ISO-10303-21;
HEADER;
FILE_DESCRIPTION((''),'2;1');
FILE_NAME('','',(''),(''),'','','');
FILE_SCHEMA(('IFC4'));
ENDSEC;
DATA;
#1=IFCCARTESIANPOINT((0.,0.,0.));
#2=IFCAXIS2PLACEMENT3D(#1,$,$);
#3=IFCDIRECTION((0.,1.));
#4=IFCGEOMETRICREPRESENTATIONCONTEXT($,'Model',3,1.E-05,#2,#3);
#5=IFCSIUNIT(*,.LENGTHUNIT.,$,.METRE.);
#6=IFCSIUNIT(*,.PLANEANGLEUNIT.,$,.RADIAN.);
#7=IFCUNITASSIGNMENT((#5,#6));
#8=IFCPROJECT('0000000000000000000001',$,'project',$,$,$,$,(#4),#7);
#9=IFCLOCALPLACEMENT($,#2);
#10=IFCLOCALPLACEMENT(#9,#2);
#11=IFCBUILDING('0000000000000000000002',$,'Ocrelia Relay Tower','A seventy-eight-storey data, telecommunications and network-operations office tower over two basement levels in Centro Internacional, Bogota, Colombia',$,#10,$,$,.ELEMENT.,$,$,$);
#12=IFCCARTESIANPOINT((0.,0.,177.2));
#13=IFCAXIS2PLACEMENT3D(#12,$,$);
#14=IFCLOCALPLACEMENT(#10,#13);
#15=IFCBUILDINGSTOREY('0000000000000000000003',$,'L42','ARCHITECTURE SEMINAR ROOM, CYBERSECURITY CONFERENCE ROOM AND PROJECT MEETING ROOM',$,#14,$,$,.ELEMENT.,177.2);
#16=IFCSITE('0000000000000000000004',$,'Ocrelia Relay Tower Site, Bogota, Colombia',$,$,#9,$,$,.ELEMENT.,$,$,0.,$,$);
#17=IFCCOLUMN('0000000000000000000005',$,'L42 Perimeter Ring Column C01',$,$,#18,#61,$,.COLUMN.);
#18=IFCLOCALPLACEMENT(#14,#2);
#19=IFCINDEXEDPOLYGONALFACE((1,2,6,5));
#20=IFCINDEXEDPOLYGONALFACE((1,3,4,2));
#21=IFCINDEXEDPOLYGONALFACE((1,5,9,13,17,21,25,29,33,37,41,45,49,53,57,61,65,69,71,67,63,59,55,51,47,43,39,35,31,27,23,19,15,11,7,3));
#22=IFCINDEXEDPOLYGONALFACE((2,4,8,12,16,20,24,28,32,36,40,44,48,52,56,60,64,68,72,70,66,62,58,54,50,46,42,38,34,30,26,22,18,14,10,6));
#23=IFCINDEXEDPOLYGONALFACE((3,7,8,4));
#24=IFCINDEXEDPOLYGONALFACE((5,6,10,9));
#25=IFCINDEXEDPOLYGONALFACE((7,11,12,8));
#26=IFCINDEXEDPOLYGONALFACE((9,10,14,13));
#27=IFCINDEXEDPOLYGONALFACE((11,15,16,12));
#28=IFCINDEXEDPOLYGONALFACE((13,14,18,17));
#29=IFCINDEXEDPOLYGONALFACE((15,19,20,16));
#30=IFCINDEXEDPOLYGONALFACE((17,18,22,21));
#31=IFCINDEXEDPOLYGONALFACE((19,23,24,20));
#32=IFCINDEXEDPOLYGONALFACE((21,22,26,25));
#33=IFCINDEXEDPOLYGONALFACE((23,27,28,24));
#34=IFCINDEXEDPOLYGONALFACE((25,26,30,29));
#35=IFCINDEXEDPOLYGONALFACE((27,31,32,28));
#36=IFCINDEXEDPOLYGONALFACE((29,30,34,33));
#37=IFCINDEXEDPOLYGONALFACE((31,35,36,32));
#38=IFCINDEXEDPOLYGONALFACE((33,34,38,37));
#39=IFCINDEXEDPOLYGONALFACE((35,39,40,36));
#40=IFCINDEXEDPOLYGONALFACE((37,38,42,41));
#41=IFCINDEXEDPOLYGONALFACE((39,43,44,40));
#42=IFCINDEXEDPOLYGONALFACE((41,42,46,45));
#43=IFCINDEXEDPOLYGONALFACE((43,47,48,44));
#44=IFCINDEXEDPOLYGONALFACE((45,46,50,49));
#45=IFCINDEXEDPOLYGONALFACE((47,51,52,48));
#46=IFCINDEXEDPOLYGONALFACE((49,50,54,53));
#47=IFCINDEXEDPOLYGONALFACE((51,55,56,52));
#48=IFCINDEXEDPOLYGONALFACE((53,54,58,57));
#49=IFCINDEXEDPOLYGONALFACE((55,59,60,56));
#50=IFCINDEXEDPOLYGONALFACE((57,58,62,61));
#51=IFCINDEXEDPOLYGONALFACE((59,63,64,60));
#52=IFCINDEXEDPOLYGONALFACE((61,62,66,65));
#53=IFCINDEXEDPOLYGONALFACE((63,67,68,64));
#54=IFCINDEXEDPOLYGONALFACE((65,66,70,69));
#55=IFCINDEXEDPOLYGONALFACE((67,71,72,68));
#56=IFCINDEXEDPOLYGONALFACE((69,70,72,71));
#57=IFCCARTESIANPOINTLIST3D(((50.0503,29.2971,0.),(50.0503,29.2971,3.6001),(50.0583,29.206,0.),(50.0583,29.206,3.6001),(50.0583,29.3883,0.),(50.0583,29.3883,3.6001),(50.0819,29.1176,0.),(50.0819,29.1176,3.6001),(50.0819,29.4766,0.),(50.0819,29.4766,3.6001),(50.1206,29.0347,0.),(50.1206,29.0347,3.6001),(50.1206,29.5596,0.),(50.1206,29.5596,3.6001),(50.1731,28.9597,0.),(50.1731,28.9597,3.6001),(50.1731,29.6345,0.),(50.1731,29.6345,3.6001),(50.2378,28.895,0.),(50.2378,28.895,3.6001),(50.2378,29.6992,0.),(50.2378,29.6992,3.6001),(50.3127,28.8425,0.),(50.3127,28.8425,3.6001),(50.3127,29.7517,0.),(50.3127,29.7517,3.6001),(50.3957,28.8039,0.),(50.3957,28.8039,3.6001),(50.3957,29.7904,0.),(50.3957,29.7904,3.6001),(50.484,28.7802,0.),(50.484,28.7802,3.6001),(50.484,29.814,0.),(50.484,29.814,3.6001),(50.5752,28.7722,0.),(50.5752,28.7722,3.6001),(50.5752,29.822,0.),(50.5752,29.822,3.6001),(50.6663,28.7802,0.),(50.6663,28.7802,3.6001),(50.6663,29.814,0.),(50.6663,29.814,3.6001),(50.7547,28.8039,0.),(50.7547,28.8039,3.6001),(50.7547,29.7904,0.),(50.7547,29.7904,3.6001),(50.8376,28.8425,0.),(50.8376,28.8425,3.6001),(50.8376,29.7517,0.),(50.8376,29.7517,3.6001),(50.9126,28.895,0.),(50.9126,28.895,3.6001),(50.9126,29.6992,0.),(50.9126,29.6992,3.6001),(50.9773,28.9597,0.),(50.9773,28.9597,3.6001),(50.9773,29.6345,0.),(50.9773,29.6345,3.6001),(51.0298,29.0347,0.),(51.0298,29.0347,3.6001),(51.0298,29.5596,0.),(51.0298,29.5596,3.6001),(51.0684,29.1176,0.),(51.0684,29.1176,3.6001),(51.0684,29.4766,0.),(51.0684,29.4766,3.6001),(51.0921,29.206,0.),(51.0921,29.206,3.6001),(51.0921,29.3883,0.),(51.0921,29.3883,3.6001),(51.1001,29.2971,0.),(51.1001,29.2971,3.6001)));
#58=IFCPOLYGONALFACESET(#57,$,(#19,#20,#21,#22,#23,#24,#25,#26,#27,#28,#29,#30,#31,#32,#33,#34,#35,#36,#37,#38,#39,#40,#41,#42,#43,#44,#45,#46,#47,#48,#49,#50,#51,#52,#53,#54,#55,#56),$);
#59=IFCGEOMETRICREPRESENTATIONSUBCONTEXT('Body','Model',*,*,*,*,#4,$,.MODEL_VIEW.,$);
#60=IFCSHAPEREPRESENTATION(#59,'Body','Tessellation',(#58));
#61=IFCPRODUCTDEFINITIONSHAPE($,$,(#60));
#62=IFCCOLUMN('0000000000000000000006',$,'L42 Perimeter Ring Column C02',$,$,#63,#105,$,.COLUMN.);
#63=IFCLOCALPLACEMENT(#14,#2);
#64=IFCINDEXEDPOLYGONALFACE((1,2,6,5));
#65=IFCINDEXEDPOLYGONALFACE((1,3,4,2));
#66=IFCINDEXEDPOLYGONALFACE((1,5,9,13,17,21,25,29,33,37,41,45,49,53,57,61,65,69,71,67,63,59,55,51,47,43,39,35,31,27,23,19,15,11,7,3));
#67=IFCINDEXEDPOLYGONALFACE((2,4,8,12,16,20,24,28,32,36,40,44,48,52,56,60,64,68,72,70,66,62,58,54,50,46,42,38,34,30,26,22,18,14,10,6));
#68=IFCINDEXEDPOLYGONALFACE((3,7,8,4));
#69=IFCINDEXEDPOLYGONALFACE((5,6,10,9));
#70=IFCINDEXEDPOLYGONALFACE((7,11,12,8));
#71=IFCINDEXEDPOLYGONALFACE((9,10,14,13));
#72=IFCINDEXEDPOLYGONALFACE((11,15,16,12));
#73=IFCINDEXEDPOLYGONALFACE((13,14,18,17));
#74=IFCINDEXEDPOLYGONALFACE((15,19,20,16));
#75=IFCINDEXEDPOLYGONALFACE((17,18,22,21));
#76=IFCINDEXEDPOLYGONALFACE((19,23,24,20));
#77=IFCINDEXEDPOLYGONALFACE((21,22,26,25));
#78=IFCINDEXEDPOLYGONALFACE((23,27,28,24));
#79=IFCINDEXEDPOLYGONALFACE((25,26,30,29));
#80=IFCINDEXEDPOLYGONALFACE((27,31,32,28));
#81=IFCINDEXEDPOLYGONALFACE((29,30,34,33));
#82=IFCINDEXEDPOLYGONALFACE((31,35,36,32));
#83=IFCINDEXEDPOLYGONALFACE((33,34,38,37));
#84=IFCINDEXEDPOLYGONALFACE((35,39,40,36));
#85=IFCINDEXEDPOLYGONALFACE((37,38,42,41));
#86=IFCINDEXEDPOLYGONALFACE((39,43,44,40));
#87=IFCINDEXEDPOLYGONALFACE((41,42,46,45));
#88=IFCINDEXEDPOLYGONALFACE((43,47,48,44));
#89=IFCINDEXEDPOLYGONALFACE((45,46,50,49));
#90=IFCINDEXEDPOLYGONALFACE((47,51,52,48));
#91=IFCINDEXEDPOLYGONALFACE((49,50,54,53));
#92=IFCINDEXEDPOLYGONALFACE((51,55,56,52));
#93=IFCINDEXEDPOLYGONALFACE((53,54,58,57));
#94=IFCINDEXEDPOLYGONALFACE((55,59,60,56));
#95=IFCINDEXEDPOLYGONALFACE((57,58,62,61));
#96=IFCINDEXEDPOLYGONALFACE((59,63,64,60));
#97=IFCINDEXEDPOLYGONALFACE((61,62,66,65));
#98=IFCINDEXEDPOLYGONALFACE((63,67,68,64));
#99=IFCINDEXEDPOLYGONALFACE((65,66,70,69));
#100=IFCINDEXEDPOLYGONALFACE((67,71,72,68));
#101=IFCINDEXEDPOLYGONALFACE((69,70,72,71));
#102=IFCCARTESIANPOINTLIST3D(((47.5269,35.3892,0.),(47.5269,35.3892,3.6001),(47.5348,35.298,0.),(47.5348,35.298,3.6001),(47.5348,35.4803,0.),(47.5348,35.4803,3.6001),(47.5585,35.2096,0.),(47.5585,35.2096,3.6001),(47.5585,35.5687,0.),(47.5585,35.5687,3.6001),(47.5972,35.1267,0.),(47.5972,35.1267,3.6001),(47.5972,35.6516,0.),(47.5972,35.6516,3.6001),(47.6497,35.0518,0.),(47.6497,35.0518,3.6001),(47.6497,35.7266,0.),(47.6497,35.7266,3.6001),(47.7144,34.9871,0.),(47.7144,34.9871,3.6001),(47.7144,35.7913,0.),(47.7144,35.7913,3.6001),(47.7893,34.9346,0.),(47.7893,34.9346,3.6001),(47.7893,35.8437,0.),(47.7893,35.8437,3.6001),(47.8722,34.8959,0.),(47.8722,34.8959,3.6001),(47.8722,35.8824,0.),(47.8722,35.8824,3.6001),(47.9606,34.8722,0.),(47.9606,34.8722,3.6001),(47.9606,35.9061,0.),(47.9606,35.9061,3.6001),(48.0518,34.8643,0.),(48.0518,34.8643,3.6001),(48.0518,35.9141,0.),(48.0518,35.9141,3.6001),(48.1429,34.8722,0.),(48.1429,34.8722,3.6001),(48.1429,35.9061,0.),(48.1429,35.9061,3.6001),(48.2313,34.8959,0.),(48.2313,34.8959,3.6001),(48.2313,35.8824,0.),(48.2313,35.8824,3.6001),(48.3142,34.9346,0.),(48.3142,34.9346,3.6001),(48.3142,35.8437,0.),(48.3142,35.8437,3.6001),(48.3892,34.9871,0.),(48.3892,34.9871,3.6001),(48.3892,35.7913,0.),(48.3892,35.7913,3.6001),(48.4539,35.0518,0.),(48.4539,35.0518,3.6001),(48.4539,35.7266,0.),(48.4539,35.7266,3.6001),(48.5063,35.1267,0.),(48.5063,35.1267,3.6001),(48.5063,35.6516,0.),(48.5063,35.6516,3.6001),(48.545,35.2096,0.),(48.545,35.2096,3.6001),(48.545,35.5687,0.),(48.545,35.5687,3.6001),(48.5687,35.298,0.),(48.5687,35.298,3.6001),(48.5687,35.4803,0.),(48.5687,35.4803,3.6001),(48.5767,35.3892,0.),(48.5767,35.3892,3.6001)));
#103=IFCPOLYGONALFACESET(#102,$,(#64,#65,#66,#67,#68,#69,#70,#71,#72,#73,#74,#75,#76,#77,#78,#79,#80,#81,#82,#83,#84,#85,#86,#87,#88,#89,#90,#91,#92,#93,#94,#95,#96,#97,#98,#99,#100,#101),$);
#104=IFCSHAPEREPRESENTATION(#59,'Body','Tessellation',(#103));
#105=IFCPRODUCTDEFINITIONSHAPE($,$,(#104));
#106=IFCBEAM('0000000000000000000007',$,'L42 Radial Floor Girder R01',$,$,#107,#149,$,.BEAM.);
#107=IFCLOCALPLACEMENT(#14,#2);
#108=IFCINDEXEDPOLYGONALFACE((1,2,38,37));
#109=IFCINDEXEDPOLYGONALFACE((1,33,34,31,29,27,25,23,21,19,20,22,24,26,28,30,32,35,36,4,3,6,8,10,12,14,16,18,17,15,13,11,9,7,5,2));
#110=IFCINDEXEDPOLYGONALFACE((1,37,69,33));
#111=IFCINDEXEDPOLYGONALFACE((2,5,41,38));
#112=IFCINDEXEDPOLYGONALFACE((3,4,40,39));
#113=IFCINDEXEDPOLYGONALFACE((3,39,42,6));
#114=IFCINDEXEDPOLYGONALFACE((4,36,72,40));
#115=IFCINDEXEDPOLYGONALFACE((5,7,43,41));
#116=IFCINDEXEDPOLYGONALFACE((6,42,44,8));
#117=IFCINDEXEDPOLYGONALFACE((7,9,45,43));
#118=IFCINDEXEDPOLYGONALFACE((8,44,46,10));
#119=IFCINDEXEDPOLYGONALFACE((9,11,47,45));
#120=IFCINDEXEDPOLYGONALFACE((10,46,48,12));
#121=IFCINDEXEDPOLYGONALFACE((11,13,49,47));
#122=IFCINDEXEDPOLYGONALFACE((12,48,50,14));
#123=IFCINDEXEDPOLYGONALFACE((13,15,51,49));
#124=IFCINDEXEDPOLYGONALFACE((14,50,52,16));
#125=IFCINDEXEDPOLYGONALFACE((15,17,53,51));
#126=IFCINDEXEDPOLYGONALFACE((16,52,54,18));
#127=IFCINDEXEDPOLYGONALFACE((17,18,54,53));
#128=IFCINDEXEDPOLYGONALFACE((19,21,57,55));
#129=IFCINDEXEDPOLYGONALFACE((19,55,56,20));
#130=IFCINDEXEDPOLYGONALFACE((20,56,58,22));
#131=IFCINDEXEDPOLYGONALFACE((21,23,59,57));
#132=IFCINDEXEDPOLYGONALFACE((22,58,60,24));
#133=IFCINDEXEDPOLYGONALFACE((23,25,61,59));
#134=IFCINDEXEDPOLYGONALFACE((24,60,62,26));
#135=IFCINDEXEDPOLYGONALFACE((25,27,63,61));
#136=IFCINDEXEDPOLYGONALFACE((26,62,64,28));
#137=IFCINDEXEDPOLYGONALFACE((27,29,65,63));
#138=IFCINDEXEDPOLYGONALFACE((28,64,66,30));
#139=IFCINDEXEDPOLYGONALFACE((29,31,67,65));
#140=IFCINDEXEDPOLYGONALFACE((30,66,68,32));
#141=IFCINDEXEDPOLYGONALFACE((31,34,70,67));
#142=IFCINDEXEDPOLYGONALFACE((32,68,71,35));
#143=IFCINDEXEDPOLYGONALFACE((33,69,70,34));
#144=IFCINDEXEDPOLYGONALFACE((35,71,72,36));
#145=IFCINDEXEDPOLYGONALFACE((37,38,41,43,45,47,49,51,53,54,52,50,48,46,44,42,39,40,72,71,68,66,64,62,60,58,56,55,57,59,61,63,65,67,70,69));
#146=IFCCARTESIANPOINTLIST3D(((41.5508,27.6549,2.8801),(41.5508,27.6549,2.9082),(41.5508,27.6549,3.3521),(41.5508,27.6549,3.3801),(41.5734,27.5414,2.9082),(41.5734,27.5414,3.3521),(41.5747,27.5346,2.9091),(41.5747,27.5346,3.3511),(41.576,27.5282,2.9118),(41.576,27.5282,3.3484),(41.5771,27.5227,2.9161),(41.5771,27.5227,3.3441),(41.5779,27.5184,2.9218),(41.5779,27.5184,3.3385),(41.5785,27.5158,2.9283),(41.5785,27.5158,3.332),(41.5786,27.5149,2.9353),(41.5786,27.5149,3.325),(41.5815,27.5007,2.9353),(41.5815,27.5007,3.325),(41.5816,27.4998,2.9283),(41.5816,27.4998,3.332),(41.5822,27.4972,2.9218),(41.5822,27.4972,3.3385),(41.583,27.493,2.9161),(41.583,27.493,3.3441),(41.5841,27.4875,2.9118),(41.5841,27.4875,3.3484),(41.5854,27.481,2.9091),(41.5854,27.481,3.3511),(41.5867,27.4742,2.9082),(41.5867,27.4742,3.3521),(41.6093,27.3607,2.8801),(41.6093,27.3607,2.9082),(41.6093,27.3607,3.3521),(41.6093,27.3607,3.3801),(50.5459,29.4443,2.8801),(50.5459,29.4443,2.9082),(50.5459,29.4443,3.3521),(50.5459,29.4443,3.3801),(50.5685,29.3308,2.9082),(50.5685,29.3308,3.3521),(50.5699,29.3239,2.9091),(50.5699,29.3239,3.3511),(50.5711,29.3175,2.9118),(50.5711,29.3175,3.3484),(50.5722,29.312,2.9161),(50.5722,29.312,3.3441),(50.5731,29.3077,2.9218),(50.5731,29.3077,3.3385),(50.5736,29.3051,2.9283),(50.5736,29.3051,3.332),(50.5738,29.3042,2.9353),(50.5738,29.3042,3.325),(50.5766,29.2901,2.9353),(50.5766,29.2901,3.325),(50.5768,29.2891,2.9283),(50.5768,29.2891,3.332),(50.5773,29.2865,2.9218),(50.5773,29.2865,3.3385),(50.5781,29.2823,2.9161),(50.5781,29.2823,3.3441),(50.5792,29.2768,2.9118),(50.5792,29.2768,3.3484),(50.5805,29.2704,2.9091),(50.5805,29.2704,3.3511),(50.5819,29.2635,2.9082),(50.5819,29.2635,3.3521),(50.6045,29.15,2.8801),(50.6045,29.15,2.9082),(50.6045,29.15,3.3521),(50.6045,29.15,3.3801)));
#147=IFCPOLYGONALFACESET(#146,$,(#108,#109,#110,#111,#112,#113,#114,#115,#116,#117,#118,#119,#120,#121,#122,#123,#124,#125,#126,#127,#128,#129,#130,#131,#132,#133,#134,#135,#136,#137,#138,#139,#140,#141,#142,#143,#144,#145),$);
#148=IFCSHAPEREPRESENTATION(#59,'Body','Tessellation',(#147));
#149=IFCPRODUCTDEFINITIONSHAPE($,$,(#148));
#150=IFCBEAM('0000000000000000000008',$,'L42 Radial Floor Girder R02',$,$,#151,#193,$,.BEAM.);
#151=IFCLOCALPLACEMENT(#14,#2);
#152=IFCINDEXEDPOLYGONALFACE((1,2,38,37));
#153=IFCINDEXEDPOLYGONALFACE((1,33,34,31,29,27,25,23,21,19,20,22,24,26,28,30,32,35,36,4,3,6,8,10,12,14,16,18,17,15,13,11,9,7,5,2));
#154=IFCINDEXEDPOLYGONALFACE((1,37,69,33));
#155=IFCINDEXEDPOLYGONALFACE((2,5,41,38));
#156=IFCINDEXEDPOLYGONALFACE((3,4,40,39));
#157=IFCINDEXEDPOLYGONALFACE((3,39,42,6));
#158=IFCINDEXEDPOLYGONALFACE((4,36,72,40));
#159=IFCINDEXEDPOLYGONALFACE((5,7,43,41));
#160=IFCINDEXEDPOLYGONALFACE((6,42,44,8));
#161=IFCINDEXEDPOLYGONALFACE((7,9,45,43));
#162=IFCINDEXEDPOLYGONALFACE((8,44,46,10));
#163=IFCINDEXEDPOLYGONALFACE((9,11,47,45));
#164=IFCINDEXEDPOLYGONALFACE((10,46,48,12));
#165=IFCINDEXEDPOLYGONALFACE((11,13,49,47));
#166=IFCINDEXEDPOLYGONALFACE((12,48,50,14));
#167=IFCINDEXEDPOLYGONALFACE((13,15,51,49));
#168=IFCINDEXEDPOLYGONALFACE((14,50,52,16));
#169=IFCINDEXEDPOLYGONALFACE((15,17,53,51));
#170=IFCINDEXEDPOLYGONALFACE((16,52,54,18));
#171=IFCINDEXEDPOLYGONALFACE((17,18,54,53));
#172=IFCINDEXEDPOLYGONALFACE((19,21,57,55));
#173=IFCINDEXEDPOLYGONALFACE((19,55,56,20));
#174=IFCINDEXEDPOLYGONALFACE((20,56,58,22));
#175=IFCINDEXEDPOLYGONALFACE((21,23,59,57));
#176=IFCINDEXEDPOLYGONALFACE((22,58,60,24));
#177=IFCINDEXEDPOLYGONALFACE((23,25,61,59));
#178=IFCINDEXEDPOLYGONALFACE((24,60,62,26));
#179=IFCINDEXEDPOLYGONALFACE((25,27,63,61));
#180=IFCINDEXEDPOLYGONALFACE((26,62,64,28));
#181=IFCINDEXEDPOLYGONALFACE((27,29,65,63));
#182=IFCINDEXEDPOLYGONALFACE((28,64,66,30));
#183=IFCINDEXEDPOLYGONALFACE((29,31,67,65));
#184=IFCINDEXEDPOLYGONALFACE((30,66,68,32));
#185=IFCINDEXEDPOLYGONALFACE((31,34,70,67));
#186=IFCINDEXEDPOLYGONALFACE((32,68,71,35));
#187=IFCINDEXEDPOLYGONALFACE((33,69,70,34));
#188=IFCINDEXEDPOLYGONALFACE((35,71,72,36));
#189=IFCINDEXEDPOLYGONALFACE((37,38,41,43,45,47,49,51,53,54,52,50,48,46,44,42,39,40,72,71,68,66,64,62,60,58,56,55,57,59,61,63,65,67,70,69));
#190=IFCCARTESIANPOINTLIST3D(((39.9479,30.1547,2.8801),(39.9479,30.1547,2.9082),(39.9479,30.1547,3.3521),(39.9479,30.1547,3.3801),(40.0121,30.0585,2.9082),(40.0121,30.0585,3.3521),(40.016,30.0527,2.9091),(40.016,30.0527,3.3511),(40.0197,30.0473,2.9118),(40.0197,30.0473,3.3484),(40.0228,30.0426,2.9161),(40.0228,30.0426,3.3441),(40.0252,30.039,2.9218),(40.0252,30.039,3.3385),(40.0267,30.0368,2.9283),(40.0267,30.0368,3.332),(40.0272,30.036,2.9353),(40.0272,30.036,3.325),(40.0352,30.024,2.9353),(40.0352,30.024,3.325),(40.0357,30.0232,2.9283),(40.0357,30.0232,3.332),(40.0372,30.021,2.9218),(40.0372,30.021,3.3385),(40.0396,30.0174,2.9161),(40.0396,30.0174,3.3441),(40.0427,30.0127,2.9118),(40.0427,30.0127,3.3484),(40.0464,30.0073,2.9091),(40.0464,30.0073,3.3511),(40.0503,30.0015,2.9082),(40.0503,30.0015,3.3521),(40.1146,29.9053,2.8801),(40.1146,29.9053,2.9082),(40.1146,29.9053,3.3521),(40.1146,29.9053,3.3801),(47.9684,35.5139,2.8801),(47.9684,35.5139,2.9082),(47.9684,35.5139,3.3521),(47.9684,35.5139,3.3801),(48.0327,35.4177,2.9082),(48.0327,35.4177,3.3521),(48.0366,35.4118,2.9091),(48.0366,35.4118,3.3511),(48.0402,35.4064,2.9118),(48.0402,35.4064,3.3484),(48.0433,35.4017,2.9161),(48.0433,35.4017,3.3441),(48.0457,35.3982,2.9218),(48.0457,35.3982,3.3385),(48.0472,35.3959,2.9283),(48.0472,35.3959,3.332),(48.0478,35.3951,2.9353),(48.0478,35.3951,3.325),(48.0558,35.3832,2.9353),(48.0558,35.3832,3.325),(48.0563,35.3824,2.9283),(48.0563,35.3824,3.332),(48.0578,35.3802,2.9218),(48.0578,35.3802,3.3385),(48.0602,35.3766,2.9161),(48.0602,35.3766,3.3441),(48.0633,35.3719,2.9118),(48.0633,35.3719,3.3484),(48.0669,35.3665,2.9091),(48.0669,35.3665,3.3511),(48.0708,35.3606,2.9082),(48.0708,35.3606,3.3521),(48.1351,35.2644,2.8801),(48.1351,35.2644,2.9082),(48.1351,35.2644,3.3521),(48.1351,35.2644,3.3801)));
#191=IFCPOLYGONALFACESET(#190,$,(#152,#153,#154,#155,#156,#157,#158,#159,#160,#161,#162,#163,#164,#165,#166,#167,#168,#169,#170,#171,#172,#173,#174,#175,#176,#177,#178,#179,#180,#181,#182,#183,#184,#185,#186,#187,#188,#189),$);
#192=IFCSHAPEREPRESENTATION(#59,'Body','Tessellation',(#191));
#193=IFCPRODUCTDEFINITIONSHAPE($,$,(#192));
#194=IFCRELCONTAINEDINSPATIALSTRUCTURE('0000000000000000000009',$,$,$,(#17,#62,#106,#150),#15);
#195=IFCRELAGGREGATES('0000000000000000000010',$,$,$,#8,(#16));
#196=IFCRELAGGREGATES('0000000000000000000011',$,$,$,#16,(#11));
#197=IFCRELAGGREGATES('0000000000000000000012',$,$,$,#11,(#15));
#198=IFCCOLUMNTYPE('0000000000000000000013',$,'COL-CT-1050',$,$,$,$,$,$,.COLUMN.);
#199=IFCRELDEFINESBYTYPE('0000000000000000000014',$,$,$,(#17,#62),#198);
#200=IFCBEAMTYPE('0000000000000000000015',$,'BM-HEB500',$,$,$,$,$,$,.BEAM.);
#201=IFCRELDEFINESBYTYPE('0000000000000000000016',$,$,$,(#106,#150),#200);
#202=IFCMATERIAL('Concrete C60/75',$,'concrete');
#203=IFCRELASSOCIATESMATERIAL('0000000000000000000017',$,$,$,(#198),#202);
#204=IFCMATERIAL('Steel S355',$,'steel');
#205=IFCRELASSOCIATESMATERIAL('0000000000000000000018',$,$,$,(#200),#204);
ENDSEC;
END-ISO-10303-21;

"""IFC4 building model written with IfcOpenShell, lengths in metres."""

from ifc_helpers import new_model, si_unit, direction, frame, origin, origin_2d, place, context, subcontext, project, spatial, circle, i_section, extrude, material, material_profile, profile_set, type_object, element, save


model = new_model("IFC4")

# Units and contexts
model_context = context("Model", 3, precision=1e-05, world=origin(), true_north=direction((0.0, 1.0)))
body_context = subcontext(model_context, "Body", "Model", "MODEL_VIEW")
ifc_project = project(units=[si_unit("LENGTHUNIT", "METRE"), si_unit("PLANEANGLEUNIT", "RADIAN")], contexts=[model_context])

# Site, building, storey
site_placement = place(None, origin())
site = spatial("IfcSite", under=ifc_project, at=site_placement, Name="Ocrelia Relay Tower Site, Bogota, Colombia", CompositionType="ELEMENT", RefElevation=0.0)
building_placement = place(site_placement, origin())
building = spatial("IfcBuilding", under=site, at=building_placement, Name="Ocrelia Relay Tower", Description="A seventy-eight-storey data, telecommunications and network-operations office tower over two basement levels in Centro Internacional, Bogota, Colombia", CompositionType="ELEMENT")
storey_placement = place(building_placement, frame((0.0, 0.0, 177.2)))
storey = spatial("IfcBuildingStorey", under=building, at=storey_placement, Name="L42", Description="ARCHITECTURE SEMINAR ROOM, CYBERSECURITY CONFERENCE ROOM AND PROJECT MEETING ROOM", CompositionType="ELEMENT", Elevation=177.2)

# Columns
ifc_material_1 = material(Name="Concrete C60/75", Category="concrete")
ifc_material_profile_1 = material_profile(ifc_material_1, circle(Radius=0.5249, at=origin_2d()), Name="RC-CIR-1050")
ifc_profile_set_1 = profile_set([ifc_material_profile_1], Name="Concrete C60/75")
column_type = type_object("IfcColumnType", Name="COL-CT-1050", PredefinedType="COLUMN", material=ifc_profile_set_1)
for number, where, z_axis, x_axis, name in (
    (1, (50.5752, 29.2971, 0.0), (0.0, 0.0, 1.0), (1.0, 0.0, 0.0), "L42 Perimeter Ring Column C01"),
    (2, (48.0518, 35.3892, 0.0), (0.0, 0.0, 1.0), (1.0, 0.0, 0.0), "L42 Perimeter Ring Column C02"),
):
    element("IfcColumn", number, at=place(storey_placement, frame(where, z_axis=z_axis, x_axis=x_axis)), inside=storey, type_object=column_type, Name=name, PredefinedType="COLUMN", context=body_context, shape_type="SweptSolid", body=[
        extrude(circle(Radius=0.5249, at=origin_2d()), origin(), (0.0, 0.0, 1.0), 3.6001),
    ])

# Beams
ifc_material_2 = material(Name="Steel S355", Category="steel")
ifc_material_profile_2 = material_profile(ifc_material_2, i_section(OverallWidth=0.3, OverallDepth=0.5, WebThickness=0.0144, FlangeThickness=0.0281, FilletRadius=0.0271, at=origin_2d()), Name="HEB 500")
ifc_profile_set_2 = profile_set([ifc_material_profile_2], Name="Steel S355")
beam_type_1 = type_object("IfcBeamType", Name="BM-HEB500", PredefinedType="BEAM", material=ifc_profile_set_2)
beam_1_placement = place(storey_placement, frame((50.5752, 29.2971, 3.1301), z_axis=(-0.980784, -0.195097, 0.0), x_axis=(0.195097, -0.980784, 0.0)))
element("IfcBeam", 3, at=beam_1_placement, inside=storey, type_object=beam_type_1, Name="L42 Radial Floor Girder R01", PredefinedType="BEAM", context=body_context, shape_type="SweptSolid", body=[
    extrude(i_section(OverallWidth=0.3, OverallDepth=0.5, WebThickness=0.0144, FlangeThickness=0.0281, FilletRadius=0.0271, at=origin_2d()), origin(), (0.0, 0.0, 1.0), 9.1714),
])
beam_2_placement = place(storey_placement, frame((48.0518, 35.3892, 3.1301), z_axis=(-0.83147, -0.55557, 0.0), x_axis=(0.55557, -0.83147, 0.0)))
element("IfcBeam", 4, at=beam_2_placement, inside=storey, type_object=beam_type_1, Name="L42 Radial Floor Girder R02", PredefinedType="BEAM", context=body_context, shape_type="SweptSolid", body=[
    extrude(i_section(OverallWidth=0.3, OverallDepth=0.5, WebThickness=0.0144, FlangeThickness=0.0281, FilletRadius=0.0271, at=origin_2d()), origin(), (0.0, 0.0, 1.0), 9.6462),
])

save(model, "model.ifc")
